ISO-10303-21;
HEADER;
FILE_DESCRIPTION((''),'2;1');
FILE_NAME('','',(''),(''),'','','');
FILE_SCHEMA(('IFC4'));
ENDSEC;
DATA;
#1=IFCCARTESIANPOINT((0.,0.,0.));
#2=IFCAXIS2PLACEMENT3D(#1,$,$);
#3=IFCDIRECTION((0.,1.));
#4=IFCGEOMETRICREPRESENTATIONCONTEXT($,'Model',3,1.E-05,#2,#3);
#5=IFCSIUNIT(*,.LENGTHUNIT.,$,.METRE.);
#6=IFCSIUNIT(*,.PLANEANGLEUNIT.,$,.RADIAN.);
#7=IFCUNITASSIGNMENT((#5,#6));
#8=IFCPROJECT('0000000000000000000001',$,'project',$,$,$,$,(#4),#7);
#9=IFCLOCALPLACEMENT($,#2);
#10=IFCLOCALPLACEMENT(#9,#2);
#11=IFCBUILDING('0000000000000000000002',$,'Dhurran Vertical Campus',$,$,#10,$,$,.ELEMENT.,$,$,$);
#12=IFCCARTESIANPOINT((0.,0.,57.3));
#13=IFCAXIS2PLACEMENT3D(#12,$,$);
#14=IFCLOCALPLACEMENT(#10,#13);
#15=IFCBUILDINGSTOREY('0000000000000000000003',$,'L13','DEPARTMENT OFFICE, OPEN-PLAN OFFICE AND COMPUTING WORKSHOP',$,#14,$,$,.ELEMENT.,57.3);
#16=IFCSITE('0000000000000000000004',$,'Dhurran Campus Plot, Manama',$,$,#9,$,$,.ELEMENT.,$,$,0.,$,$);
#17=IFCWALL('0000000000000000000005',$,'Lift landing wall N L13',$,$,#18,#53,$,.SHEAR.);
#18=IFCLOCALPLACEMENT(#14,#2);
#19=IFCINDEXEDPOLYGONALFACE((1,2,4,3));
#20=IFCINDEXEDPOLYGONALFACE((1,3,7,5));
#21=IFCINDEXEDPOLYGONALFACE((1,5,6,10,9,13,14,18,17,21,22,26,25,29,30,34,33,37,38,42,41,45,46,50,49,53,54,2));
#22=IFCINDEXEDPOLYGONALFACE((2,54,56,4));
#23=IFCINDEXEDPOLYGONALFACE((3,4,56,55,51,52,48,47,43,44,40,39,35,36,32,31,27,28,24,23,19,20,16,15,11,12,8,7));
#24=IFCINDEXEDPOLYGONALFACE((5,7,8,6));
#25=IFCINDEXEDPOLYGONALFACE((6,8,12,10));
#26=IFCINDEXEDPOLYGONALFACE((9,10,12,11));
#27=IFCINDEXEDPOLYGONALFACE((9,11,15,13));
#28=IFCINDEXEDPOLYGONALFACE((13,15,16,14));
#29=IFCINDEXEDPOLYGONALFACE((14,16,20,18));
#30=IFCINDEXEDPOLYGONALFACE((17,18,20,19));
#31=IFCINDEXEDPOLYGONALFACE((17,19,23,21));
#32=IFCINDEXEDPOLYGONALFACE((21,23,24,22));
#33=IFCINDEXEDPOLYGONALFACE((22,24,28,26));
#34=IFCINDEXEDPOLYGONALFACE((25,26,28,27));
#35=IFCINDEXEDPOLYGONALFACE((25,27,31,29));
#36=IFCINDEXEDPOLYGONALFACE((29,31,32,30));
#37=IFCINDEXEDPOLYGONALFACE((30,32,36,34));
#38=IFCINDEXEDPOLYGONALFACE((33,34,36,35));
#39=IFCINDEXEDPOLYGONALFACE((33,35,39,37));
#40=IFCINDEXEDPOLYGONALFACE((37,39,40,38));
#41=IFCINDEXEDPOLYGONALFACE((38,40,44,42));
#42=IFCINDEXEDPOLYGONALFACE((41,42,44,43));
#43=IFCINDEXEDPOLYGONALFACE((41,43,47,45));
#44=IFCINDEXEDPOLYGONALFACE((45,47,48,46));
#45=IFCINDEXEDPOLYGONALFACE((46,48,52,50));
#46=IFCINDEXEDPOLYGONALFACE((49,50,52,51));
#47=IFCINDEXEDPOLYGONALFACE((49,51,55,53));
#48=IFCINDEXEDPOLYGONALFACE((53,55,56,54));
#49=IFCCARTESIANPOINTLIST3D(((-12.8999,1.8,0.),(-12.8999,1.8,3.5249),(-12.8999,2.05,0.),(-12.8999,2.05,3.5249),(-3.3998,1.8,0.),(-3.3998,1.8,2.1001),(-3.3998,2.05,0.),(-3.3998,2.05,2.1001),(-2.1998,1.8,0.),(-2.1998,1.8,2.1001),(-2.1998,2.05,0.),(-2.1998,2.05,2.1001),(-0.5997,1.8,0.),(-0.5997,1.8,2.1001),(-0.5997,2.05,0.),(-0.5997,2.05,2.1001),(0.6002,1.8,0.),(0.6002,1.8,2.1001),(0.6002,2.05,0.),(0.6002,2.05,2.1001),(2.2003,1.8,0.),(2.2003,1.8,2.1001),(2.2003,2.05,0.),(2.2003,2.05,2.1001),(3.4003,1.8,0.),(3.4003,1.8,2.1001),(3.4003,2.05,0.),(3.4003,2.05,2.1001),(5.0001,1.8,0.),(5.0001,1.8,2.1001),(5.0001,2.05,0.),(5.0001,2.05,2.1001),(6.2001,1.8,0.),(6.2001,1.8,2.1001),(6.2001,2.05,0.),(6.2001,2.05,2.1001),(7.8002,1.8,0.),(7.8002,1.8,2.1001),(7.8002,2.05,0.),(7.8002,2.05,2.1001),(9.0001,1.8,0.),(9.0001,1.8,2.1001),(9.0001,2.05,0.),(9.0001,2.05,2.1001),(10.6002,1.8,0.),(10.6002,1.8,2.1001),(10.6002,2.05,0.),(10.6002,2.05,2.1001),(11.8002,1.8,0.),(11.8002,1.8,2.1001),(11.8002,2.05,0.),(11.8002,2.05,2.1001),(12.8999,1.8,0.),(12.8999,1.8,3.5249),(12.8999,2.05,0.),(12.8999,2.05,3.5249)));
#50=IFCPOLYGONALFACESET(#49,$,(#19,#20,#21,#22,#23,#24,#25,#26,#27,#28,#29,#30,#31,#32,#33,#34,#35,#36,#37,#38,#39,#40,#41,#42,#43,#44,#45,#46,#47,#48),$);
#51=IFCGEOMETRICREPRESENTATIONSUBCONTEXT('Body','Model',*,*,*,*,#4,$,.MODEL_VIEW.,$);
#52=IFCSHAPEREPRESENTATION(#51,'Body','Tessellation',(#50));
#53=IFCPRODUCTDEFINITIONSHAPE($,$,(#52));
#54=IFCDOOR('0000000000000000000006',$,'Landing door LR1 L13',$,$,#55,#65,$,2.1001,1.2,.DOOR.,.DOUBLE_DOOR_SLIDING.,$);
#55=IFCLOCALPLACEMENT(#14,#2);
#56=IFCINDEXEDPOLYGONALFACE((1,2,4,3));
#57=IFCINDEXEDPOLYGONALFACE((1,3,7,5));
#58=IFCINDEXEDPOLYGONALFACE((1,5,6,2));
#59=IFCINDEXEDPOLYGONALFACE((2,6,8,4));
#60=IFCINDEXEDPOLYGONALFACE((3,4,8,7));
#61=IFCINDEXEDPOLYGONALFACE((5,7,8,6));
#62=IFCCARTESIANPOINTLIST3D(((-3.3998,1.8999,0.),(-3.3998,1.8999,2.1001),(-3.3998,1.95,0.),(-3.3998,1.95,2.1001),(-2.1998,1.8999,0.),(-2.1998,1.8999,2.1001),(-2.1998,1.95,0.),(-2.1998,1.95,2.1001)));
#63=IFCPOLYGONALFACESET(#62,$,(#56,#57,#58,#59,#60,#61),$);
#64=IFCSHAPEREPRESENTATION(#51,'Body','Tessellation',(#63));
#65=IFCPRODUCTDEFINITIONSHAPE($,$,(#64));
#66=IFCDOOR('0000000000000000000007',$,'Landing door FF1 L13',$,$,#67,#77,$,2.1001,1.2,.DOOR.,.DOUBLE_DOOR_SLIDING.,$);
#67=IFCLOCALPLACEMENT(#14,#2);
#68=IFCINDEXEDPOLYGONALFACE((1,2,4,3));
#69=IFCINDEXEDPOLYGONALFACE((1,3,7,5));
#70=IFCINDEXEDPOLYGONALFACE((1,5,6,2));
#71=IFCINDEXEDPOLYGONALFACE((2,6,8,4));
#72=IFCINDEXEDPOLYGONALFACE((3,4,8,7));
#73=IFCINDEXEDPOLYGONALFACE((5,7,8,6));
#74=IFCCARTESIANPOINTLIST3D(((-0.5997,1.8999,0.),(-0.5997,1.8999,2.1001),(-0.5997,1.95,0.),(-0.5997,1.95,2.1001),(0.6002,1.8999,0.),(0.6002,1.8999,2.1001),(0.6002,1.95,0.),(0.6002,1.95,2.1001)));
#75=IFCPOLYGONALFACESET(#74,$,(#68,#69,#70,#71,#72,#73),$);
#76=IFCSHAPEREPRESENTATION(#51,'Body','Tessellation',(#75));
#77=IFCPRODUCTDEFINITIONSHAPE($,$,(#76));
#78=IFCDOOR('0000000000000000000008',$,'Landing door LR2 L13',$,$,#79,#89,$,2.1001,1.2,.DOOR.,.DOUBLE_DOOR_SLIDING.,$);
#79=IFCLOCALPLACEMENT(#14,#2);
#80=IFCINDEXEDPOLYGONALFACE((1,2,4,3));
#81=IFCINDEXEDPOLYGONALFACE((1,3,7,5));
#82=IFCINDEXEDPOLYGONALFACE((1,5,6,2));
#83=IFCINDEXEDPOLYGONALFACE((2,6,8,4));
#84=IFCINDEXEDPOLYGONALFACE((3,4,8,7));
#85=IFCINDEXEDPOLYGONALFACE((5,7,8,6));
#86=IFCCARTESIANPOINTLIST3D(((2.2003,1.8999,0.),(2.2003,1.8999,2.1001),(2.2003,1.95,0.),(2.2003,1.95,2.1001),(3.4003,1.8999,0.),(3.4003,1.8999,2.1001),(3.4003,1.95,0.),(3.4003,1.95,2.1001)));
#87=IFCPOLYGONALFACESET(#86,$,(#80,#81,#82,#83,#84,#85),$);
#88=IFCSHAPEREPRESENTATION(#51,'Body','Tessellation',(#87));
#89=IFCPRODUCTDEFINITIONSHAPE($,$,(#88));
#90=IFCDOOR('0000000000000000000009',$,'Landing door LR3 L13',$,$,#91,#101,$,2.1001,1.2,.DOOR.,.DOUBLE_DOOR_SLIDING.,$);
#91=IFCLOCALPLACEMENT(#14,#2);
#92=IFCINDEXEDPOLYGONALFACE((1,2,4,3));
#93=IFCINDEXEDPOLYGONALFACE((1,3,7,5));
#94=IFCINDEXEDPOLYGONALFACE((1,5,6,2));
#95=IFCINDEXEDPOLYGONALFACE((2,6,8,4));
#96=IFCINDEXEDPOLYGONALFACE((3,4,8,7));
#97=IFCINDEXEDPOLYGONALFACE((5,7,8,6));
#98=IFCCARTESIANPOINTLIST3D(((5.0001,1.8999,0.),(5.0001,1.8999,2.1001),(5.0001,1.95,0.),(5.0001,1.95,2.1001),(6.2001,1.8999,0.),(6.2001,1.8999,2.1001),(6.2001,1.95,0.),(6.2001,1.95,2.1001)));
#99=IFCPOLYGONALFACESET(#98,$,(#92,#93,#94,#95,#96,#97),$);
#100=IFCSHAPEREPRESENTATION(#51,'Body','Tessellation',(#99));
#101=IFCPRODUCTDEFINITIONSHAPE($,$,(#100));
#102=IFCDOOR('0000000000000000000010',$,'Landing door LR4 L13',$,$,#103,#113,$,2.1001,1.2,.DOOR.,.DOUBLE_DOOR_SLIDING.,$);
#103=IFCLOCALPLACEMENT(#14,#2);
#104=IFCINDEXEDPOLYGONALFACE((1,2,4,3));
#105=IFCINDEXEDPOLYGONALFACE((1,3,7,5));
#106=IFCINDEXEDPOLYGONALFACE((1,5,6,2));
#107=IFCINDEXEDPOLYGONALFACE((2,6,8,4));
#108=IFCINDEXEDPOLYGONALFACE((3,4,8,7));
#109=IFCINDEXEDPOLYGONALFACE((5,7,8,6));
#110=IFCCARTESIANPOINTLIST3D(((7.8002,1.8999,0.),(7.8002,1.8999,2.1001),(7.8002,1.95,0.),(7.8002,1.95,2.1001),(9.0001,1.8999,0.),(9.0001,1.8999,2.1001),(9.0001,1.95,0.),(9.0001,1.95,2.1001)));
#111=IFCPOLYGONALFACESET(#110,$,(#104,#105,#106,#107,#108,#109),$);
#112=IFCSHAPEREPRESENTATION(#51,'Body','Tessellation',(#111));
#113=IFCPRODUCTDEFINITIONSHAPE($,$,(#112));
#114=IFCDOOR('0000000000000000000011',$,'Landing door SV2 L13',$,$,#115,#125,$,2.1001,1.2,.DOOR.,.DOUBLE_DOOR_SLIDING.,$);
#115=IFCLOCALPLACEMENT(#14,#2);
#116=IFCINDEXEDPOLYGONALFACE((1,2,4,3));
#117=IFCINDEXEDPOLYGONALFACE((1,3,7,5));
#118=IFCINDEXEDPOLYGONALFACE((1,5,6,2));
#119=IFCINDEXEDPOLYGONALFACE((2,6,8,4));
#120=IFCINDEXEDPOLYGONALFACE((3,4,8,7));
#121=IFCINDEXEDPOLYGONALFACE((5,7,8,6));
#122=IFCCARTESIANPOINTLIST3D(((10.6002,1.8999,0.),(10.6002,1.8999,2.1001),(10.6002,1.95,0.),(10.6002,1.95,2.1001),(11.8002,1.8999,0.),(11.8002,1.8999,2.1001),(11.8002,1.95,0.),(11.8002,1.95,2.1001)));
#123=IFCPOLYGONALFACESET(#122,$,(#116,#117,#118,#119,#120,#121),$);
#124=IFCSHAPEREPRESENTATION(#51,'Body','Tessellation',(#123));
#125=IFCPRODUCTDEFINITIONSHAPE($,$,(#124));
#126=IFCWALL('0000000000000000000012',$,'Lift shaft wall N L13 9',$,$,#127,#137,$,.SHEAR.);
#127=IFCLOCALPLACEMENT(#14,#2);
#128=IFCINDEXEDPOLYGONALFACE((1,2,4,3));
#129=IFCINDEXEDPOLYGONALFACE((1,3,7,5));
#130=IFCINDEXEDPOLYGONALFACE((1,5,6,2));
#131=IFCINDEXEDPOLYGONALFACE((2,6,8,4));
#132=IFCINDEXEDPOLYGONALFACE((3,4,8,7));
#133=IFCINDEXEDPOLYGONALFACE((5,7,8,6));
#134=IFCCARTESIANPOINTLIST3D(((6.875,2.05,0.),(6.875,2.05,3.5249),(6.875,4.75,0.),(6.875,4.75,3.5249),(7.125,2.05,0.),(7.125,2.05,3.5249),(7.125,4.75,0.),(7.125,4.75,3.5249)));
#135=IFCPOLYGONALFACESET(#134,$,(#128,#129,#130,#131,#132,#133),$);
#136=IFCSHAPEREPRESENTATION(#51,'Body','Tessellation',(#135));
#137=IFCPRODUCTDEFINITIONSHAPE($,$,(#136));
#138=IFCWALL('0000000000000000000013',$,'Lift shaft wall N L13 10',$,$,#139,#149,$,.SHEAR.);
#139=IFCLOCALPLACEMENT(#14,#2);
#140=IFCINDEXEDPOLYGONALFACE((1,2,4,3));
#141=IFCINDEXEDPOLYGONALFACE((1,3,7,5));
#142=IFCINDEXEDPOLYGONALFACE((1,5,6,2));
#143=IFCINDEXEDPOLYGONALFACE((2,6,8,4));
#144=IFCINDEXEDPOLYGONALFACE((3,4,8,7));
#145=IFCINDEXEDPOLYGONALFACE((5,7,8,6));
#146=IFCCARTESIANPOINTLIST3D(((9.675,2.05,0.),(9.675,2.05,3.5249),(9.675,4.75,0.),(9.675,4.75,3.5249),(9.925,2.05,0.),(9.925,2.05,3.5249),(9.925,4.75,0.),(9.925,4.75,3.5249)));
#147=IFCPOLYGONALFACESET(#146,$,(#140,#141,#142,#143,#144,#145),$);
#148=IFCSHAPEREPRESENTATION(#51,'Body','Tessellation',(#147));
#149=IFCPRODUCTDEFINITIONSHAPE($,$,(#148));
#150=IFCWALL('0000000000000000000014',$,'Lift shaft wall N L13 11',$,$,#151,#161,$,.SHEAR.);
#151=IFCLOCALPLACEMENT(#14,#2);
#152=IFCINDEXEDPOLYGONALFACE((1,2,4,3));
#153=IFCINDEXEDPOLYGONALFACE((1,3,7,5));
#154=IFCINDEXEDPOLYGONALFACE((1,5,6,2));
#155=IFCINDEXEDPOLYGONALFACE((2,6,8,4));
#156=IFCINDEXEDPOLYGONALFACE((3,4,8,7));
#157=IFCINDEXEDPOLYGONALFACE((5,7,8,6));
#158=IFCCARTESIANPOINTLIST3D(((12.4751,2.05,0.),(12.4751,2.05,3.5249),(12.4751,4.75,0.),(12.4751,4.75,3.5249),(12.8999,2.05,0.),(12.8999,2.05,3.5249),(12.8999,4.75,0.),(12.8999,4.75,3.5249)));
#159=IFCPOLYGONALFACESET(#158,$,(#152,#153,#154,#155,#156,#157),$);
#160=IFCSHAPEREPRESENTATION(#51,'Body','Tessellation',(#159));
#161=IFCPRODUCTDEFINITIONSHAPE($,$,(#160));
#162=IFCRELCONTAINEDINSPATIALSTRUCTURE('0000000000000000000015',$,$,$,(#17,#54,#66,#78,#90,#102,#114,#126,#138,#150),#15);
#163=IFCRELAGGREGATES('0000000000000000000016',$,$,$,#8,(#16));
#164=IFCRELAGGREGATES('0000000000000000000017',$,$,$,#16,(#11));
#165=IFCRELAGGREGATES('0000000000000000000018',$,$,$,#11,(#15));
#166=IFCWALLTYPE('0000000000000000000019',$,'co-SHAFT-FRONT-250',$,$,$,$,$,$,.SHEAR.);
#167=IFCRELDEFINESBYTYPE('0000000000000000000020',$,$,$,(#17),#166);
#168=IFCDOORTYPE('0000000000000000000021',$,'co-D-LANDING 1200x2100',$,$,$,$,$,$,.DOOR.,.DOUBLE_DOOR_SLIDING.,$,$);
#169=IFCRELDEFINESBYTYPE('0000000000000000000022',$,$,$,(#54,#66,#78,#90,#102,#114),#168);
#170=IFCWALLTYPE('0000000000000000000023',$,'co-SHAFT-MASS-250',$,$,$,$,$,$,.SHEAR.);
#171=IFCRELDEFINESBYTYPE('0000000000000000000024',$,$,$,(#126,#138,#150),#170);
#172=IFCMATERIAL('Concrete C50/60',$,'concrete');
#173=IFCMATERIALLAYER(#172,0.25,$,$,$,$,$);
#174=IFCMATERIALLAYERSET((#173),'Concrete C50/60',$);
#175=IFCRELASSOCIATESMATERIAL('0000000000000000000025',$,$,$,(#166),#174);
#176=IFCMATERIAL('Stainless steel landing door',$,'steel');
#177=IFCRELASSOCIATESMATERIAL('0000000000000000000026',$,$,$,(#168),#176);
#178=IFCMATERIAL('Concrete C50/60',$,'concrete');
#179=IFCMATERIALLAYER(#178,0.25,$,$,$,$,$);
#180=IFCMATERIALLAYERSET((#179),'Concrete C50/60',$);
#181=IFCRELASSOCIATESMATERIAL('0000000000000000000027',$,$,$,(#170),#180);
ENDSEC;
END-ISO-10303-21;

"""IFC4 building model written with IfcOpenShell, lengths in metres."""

from ifc_helpers import new_model, si_unit, direction, frame, frame_2d, origin, place, context, subcontext, project, spatial, polyline, rectangle, outline, extrude, material, layer, layer_set, type_object, element, fill, save


model = new_model("IFC4")

# Units and contexts
model_context = context("Model", 3, precision=1e-05, world=origin(), true_north=direction((0.0, 1.0)))
body_context = subcontext(model_context, "Body", "Model", "MODEL_VIEW")
ifc_project = project(units=[si_unit("LENGTHUNIT", "METRE"), si_unit("PLANEANGLEUNIT", "RADIAN")], contexts=[model_context])

# Site, building, storey
site_placement = place(None, origin())
site = spatial("IfcSite", under=ifc_project, at=site_placement, Name="Dhurran Campus Plot, Manama", CompositionType="ELEMENT", RefElevation=0.0)
building_placement = place(site_placement, origin())
building = spatial("IfcBuilding", under=site, at=building_placement, Name="Dhurran Vertical Campus", CompositionType="ELEMENT")
storey_placement = place(building_placement, frame((0.0, 0.0, 57.3)))
storey = spatial("IfcBuildingStorey", under=building, at=storey_placement, Name="L13", Description="DEPARTMENT OFFICE, OPEN-PLAN OFFICE AND COMPUTING WORKSHOP", CompositionType="ELEMENT", Elevation=57.3)

# Wall, openings, doors
ifc_material_1 = material(Name="Concrete C50/60", Category="concrete")
ifc_layer_1 = layer(ifc_material_1, 0.25)
ifc_layer_set_1 = layer_set([ifc_layer_1], Name="Concrete C50/60")
wall_type_1 = type_object("IfcWallType", Name="co-SHAFT-FRONT-250", PredefinedType="SHEAR", material=ifc_layer_set_1)
wall_1_placement = place(storey_placement, frame((-12.8999, 1.925, 0.0), z_axis=(0.0, 0.0, 1.0), x_axis=(1.0, 0.0, 0.0)))
wall_1 = element("IfcWall", 1, at=wall_1_placement, inside=storey, type_object=wall_type_1, Name="Lift landing wall N L13", PredefinedType="SHEAR", context=body_context, shape_type="SweptSolid", body=[
    extrude(rectangle(XDim=25.7998, YDim=0.25, at=frame_2d((12.8999, 0.0))), origin(), (0.0, 0.0, 1.0), 3.5249),
])
opening_1_placement = place(wall_1_placement, frame((9.5, 0.0, 0.0)))
opening_1 = element("IfcOpeningElement", 2, at=opening_1_placement, cuts=wall_1, PredefinedType="OPENING", context=body_context, shape_type="SweptSolid", body=[
    extrude(rectangle(XDim=1.2, YDim=2.1001, at=frame_2d((0.6001, 1.05))), frame((0.0, 0.135, 0.0), z_axis=(0.0, -1.0, 0.0), x_axis=(1.0, 0.0, 0.0)), (0.0, 0.0, 1.0), 0.27),
])
opening_2_placement = place(wall_1_placement, frame((12.3, 0.0, 0.0)))
opening_2 = element("IfcOpeningElement", 3, at=opening_2_placement, cuts=wall_1, PredefinedType="OPENING", context=body_context, shape_type="SweptSolid", body=[
    extrude(rectangle(XDim=1.2, YDim=2.1001, at=frame_2d((0.6001, 1.05))), frame((0.0, 0.135, 0.0), z_axis=(0.0, -1.0, 0.0), x_axis=(1.0, 0.0, 0.0)), (0.0, 0.0, 1.0), 0.27),
])
opening_3_placement = place(wall_1_placement, frame((15.1001, 0.0, 0.0)))
opening_3 = element("IfcOpeningElement", 4, at=opening_3_placement, cuts=wall_1, PredefinedType="OPENING", context=body_context, shape_type="SweptSolid", body=[
    extrude(rectangle(XDim=1.2, YDim=2.1001, at=frame_2d((0.6001, 1.05))), frame((0.0, 0.135, 0.0), z_axis=(0.0, -1.0, 0.0), x_axis=(1.0, 0.0, 0.0)), (0.0, 0.0, 1.0), 0.27),
])
opening_4_placement = place(wall_1_placement, frame((17.8999, 0.0, 0.0)))
opening_4 = element("IfcOpeningElement", 5, at=opening_4_placement, cuts=wall_1, PredefinedType="OPENING", context=body_context, shape_type="SweptSolid", body=[
    extrude(rectangle(XDim=1.2, YDim=2.1001, at=frame_2d((0.6001, 1.05))), frame((0.0, 0.135, 0.0), z_axis=(0.0, -1.0, 0.0), x_axis=(1.0, 0.0, 0.0)), (0.0, 0.0, 1.0), 0.27),
])
opening_5_placement = place(wall_1_placement, frame((20.7, 0.0, 0.0)))
opening_5 = element("IfcOpeningElement", 6, at=opening_5_placement, cuts=wall_1, PredefinedType="OPENING", context=body_context, shape_type="SweptSolid", body=[
    extrude(rectangle(XDim=1.2, YDim=2.1001, at=frame_2d((0.6001, 1.05))), frame((0.0, 0.135, 0.0), z_axis=(0.0, -1.0, 0.0), x_axis=(1.0, 0.0, 0.0)), (0.0, 0.0, 1.0), 0.27),
])
opening_6_placement = place(wall_1_placement, frame((23.5, 0.0, 0.0)))
opening_6 = element("IfcOpeningElement", 7, at=opening_6_placement, cuts=wall_1, PredefinedType="OPENING", context=body_context, shape_type="SweptSolid", body=[
    extrude(rectangle(XDim=1.2, YDim=2.1001, at=frame_2d((0.6001, 1.05))), frame((0.0, 0.135, 0.0), z_axis=(0.0, -1.0, 0.0), x_axis=(1.0, 0.0, 0.0)), (0.0, 0.0, 1.0), 0.27),
])
ifc_material_2 = material(Name="Stainless steel landing door", Category="steel")
door_type_1 = type_object("IfcDoorType", Name="co-D-LANDING 1200x2100", OperationType="DOUBLE_DOOR_SLIDING", PredefinedType="DOOR", material=ifc_material_2)
door_1_placement = place(opening_1_placement, origin())
door_1 = element("IfcDoor", 8, at=door_1_placement, inside=storey, type_object=door_type_1, Name="Landing door LR1 L13", OperationType="DOUBLE_DOOR_SLIDING", OverallHeight=2.1001, OverallWidth=1.2, PredefinedType="DOOR", context=body_context, shape_type="SweptSolid", body=[
    extrude(rectangle(XDim=1.2, YDim=2.1001, at=frame_2d((0.6001, 1.05))), frame((0.0, 0.0249, 0.0), z_axis=(0.0, -1.0, 0.0), x_axis=(1.0, 0.0, 0.0)), (0.0, 0.0, 1.0), 0.05),
])
fill(opening_1, door_1)
door_2_placement = place(opening_2_placement, origin())
door_2 = element("IfcDoor", 9, at=door_2_placement, inside=storey, type_object=door_type_1, Name="Landing door FF1 L13", OperationType="DOUBLE_DOOR_SLIDING", OverallHeight=2.1001, OverallWidth=1.2, PredefinedType="DOOR", context=body_context, shape_type="SweptSolid", body=[
    extrude(rectangle(XDim=1.2, YDim=2.1001, at=frame_2d((0.6001, 1.05))), frame((0.0, 0.0249, 0.0), z_axis=(0.0, -1.0, 0.0), x_axis=(1.0, 0.0, 0.0)), (0.0, 0.0, 1.0), 0.05),
])
fill(opening_2, door_2)
door_3_placement = place(opening_3_placement, origin())
door_3 = element("IfcDoor", 10, at=door_3_placement, inside=storey, type_object=door_type_1, Name="Landing door LR2 L13", OperationType="DOUBLE_DOOR_SLIDING", OverallHeight=2.1001, OverallWidth=1.2, PredefinedType="DOOR", context=body_context, shape_type="SweptSolid", body=[
    extrude(rectangle(XDim=1.2, YDim=2.1001, at=frame_2d((0.6001, 1.05))), frame((0.0, 0.0249, 0.0), z_axis=(0.0, -1.0, 0.0), x_axis=(1.0, 0.0, 0.0)), (0.0, 0.0, 1.0), 0.05),
])
fill(opening_3, door_3)
door_4_placement = place(opening_4_placement, origin())
door_4 = element("IfcDoor", 11, at=door_4_placement, inside=storey, type_object=door_type_1, Name="Landing door LR3 L13", OperationType="DOUBLE_DOOR_SLIDING", OverallHeight=2.1001, OverallWidth=1.2, PredefinedType="DOOR", context=body_context, shape_type="SweptSolid", body=[
    extrude(rectangle(XDim=1.2, YDim=2.1001, at=frame_2d((0.6001, 1.05))), frame((0.0, 0.0249, 0.0), z_axis=(0.0, -1.0, 0.0), x_axis=(1.0, 0.0, 0.0)), (0.0, 0.0, 1.0), 0.05),
])
fill(opening_4, door_4)
door_5_placement = place(opening_5_placement, origin())
door_5 = element("IfcDoor", 12, at=door_5_placement, inside=storey, type_object=door_type_1, Name="Landing door LR4 L13", OperationType="DOUBLE_DOOR_SLIDING", OverallHeight=2.1001, OverallWidth=1.2, PredefinedType="DOOR", context=body_context, shape_type="SweptSolid", body=[
    extrude(rectangle(XDim=1.2, YDim=2.1001, at=frame_2d((0.6001, 1.05))), frame((0.0, 0.0249, 0.0), z_axis=(0.0, -1.0, 0.0), x_axis=(1.0, 0.0, 0.0)), (0.0, 0.0, 1.0), 0.05),
])
fill(opening_5, door_5)
door_6_placement = place(opening_6_placement, origin())
door_6 = element("IfcDoor", 13, at=door_6_placement, inside=storey, type_object=door_type_1, Name="Landing door SV2 L13", OperationType="DOUBLE_DOOR_SLIDING", OverallHeight=2.1001, OverallWidth=1.2, PredefinedType="DOOR", context=body_context, shape_type="SweptSolid", body=[
    extrude(rectangle(XDim=1.2, YDim=2.1001, at=frame_2d((0.6001, 1.05))), frame((0.0, 0.0249, 0.0), z_axis=(0.0, -1.0, 0.0), x_axis=(1.0, 0.0, 0.0)), (0.0, 0.0, 1.0), 0.05),
])
fill(opening_6, door_6)

# Walls
ifc_material_3 = material(Name="Concrete C50/60", Category="concrete")
ifc_layer_2 = layer(ifc_material_3, 0.25)
ifc_layer_set_2 = layer_set([ifc_layer_2], Name="Concrete C50/60")
wall_type_2 = type_object("IfcWallType", Name="co-SHAFT-MASS-250", PredefinedType="SHEAR", material=ifc_layer_set_2)
wall_2_placement = place(storey_placement, origin())
element("IfcWall", 14, at=wall_2_placement, inside=storey, type_object=wall_type_2, Name="Lift shaft wall N L13 9", PredefinedType="SHEAR", context=body_context, shape_type="SweptSolid", body=[
    extrude(outline(polyline([(6.875, 2.05), (7.125, 2.05), (7.125, 4.75), (6.875, 4.75), (6.875, 2.05)])), origin(), (0.0, 0.0, 1.0), 3.5249),
])
wall_3_placement = place(storey_placement, origin())
element("IfcWall", 15, at=wall_3_placement, inside=storey, type_object=wall_type_2, Name="Lift shaft wall N L13 10", PredefinedType="SHEAR", context=body_context, shape_type="SweptSolid", body=[
    extrude(outline(polyline([(9.675, 2.05), (9.925, 2.05), (9.925, 4.75), (9.675, 4.75), (9.675, 2.05)])), origin(), (0.0, 0.0, 1.0), 3.5249),
])
wall_4_placement = place(storey_placement, origin())
element("IfcWall", 16, at=wall_4_placement, inside=storey, type_object=wall_type_2, Name="Lift shaft wall N L13 11", PredefinedType="SHEAR", context=body_context, shape_type="SweptSolid", body=[
    extrude(outline(polyline([(12.4751, 2.05), (12.8999, 2.05), (12.8999, 4.75), (12.4751, 4.75), (12.4751, 2.05)])), origin(), (0.0, 0.0, 1.0), 3.5249),
])

save(model, "model.ifc")
